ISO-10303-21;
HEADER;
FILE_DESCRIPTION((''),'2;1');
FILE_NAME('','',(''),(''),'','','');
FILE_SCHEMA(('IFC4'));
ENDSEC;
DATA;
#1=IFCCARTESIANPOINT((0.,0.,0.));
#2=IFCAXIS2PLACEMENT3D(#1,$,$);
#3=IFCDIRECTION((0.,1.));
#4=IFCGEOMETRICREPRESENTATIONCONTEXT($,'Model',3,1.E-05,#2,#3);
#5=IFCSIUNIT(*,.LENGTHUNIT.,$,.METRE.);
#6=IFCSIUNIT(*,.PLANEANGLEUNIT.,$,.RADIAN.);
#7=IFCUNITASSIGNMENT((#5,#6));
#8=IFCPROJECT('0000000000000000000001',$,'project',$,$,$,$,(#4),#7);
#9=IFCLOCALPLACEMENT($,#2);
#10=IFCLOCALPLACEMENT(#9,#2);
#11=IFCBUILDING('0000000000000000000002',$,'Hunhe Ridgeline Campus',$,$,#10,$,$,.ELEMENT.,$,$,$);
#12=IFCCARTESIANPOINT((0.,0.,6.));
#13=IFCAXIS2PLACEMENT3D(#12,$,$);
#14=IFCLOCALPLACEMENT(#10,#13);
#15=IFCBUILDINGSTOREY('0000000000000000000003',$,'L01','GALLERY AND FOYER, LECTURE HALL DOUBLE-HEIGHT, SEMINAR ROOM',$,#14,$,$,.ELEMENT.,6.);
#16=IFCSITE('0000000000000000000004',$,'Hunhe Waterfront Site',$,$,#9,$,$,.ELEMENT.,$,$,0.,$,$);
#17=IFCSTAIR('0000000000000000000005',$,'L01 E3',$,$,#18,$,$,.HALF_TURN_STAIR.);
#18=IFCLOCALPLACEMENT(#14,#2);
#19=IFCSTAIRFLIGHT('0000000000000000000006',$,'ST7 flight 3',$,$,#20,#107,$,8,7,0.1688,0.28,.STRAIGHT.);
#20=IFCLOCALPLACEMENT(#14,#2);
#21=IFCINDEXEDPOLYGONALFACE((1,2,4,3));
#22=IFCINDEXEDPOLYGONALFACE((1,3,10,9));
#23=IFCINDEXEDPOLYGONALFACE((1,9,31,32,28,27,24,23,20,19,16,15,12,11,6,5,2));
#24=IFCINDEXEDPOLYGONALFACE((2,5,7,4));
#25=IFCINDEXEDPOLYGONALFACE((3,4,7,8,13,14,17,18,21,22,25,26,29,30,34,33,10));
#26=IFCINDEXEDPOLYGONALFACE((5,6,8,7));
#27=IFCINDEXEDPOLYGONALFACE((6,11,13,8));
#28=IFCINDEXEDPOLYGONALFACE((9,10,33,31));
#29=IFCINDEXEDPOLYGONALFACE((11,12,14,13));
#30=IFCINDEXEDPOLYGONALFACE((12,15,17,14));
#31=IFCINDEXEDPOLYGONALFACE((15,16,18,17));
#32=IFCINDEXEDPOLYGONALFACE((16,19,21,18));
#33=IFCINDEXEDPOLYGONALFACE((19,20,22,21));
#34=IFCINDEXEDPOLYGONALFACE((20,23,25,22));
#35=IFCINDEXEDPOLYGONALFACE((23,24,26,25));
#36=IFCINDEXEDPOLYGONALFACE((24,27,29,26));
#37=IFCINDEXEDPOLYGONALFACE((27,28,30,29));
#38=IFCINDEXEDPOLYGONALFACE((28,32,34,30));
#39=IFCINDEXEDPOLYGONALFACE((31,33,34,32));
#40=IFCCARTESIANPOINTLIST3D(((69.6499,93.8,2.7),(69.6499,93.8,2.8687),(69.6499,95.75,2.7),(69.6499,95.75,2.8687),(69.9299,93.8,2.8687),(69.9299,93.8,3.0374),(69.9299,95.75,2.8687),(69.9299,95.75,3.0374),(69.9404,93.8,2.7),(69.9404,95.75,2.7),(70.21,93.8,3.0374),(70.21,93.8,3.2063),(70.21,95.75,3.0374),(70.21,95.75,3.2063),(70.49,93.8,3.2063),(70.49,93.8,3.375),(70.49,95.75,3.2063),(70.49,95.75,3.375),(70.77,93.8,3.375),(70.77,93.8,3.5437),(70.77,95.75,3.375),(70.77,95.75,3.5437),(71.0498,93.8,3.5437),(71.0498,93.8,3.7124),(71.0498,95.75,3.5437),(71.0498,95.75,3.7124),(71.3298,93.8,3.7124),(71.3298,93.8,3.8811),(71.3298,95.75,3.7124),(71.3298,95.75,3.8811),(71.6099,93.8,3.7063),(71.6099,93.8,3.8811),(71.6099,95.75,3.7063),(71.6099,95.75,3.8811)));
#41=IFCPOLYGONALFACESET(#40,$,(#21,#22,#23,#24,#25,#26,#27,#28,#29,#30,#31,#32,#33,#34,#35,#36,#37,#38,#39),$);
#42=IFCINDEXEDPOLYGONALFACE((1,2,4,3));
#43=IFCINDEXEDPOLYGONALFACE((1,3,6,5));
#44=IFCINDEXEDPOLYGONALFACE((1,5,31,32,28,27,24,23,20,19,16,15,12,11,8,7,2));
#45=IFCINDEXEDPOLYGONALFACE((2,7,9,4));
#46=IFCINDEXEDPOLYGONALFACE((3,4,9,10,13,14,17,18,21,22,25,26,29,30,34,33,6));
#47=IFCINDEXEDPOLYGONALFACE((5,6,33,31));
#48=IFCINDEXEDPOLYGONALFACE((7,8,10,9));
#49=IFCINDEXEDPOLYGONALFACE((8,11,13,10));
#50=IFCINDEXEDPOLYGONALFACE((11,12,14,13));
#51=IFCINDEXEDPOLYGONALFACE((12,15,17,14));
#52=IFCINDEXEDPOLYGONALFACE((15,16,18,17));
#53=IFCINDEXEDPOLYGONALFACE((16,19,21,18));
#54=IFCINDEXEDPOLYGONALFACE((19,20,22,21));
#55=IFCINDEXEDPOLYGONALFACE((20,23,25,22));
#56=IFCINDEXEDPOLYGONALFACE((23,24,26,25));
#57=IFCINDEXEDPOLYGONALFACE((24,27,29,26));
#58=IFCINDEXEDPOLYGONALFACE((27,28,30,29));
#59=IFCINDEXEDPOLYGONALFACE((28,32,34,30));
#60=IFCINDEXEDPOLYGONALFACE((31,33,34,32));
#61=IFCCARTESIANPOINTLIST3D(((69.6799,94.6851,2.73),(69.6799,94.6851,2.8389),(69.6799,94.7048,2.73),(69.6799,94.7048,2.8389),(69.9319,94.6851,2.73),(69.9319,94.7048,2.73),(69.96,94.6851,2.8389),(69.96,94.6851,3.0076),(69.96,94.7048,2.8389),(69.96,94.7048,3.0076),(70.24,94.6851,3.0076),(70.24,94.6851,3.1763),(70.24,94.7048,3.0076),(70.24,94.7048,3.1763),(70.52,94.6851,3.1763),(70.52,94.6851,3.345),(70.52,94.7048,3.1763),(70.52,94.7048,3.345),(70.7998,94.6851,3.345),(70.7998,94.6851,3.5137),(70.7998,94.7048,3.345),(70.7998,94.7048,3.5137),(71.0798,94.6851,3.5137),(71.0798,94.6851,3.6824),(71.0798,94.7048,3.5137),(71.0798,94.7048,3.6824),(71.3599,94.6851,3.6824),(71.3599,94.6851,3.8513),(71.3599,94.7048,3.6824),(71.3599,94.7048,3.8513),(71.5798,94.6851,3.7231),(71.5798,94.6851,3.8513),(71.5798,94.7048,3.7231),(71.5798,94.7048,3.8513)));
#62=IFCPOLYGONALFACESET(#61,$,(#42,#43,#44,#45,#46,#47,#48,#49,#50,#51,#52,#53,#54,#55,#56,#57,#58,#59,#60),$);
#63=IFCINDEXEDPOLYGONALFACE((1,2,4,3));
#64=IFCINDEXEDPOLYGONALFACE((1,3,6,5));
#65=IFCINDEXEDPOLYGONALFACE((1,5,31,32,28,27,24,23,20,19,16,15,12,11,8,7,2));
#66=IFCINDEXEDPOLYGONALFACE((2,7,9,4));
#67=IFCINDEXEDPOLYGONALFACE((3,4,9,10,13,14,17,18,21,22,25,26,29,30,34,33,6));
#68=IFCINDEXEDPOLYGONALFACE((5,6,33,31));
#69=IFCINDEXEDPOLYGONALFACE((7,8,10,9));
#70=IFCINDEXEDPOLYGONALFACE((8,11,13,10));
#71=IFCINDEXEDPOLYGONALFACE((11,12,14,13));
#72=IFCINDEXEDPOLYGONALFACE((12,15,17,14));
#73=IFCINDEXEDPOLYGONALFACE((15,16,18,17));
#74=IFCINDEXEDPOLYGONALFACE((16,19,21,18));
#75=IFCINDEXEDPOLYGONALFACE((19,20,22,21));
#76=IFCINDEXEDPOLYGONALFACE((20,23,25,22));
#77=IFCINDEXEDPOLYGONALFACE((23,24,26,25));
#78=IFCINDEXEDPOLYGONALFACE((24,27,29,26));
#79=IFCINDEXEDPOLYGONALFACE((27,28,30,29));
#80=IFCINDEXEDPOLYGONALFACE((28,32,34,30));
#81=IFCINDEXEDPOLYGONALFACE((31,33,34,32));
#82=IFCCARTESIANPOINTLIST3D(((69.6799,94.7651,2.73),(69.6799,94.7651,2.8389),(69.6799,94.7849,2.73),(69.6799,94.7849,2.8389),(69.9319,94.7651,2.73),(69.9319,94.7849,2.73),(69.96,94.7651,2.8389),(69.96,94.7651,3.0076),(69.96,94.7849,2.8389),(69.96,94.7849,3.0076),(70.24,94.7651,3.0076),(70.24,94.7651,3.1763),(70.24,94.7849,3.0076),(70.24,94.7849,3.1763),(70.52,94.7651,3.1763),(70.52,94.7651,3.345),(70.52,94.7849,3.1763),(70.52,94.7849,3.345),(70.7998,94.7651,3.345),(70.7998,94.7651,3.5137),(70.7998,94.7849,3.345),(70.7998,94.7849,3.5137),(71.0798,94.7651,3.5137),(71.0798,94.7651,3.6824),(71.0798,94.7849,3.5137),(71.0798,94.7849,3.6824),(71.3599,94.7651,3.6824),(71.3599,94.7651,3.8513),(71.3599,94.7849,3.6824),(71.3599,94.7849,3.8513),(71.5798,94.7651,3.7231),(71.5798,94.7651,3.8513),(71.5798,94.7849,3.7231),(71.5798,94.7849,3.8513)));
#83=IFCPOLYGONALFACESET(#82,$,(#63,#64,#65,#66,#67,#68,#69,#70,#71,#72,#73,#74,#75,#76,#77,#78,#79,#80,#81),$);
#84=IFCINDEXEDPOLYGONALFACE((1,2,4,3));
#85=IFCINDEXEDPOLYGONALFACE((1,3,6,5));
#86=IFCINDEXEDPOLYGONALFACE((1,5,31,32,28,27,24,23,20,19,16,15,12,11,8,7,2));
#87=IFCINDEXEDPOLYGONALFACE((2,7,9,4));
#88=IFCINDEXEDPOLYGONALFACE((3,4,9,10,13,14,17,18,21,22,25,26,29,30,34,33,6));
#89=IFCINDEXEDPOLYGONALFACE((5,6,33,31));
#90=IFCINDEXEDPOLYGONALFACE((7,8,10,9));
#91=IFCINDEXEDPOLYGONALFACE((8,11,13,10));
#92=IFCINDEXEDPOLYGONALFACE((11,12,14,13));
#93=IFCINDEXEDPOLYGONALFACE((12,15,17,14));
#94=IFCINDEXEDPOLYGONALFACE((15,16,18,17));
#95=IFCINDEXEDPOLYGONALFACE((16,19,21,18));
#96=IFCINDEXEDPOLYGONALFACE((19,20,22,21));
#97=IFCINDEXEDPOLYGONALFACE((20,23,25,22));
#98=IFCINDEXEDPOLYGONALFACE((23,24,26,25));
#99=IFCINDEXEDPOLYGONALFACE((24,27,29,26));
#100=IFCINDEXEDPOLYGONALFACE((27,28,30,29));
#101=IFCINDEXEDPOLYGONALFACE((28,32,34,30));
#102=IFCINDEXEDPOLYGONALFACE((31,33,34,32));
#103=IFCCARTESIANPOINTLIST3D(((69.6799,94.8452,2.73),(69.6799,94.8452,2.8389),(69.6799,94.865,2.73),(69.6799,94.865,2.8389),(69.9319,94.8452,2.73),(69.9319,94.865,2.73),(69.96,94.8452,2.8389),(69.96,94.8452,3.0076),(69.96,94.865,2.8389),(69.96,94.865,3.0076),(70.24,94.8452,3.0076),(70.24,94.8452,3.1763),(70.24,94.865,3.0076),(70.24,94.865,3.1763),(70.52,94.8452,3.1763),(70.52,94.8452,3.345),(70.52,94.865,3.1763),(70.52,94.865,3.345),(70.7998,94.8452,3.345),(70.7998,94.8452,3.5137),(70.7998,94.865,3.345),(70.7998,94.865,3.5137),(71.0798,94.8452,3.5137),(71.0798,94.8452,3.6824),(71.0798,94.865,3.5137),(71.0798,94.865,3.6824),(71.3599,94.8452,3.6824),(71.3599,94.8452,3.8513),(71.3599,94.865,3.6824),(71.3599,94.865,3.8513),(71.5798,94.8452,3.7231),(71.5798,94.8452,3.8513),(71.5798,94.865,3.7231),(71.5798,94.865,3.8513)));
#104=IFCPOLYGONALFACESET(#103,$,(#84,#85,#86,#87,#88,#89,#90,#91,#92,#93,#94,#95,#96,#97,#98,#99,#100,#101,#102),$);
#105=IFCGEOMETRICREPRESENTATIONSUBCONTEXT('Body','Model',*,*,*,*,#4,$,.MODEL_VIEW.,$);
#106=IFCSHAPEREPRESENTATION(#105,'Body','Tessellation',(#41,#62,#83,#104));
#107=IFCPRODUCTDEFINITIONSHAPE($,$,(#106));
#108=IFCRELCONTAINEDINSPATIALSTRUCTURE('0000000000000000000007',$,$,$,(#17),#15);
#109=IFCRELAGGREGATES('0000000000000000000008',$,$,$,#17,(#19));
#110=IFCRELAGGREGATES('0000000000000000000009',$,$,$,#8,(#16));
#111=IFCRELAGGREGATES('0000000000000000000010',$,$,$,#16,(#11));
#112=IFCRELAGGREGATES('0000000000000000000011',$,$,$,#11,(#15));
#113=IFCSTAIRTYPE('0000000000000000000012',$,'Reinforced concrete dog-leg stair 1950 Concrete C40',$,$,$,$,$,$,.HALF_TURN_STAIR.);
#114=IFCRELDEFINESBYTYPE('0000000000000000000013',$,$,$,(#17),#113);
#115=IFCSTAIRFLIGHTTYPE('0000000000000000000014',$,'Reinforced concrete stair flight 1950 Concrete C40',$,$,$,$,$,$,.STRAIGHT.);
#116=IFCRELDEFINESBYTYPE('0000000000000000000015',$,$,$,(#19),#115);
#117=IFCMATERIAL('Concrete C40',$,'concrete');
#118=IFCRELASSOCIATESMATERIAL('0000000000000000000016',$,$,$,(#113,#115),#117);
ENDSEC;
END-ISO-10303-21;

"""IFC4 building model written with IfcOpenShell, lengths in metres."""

from ifc_helpers import new_model, si_unit, direction, frame, origin, place, context, subcontext, project, spatial, polyline, outline, extrude, material, type_object, element, aggregate, save


model = new_model("IFC4")

# Units and contexts
model_context = context("Model", 3, precision=1e-05, world=origin(), true_north=direction((0.0, 1.0)))
body_context = subcontext(model_context, "Body", "Model", "MODEL_VIEW")
ifc_project = project(units=[si_unit("LENGTHUNIT", "METRE"), si_unit("PLANEANGLEUNIT", "RADIAN")], contexts=[model_context])

# Site, building, storey
site_placement = place(None, origin())
site = spatial("IfcSite", under=ifc_project, at=site_placement, Name="Hunhe Waterfront Site", CompositionType="ELEMENT", RefElevation=0.0)
building_placement = place(site_placement, origin())
building = spatial("IfcBuilding", under=site, at=building_placement, Name="Hunhe Ridgeline Campus", CompositionType="ELEMENT")
storey_placement = place(building_placement, frame((0.0, 0.0, 6.0)))
storey = spatial("IfcBuildingStorey", under=building, at=storey_placement, Name="L01", Description="GALLERY AND FOYER, LECTURE HALL DOUBLE-HEIGHT, SEMINAR ROOM", CompositionType="ELEMENT", Elevation=6.0)

# Stair, stair flight
ifc_material_1 = material(Name="Concrete C40", Category="concrete")
stair_type = type_object("IfcStairType", Name="Reinforced concrete dog-leg stair 1950 Concrete C40", PredefinedType="HALF_TURN_STAIR", material=ifc_material_1)
stair_1_placement = place(storey_placement, origin())
stair_1 = element("IfcStair", 1, at=stair_1_placement, inside=storey, type_object=stair_type, Name="L01 E3", PredefinedType="HALF_TURN_STAIR")
stair_flight_type = type_object("IfcStairFlightType", Name="Reinforced concrete stair flight 1950 Concrete C40", PredefinedType="STRAIGHT", material=ifc_material_1)
stair_flight_1_placement = place(storey_placement, frame((69.6499, 94.7749, 2.7), z_axis=(0.0, 0.0, 1.0), x_axis=(1.0, 0.0, 0.0)))
stair_flight_1 = element("IfcStairFlight", 2, at=stair_flight_1_placement, type_object=stair_flight_type, Name="ST7 flight 3", NumberOfRisers=8, NumberOfTreads=7, PredefinedType="STRAIGHT", RiserHeight=0.1688, TreadLength=0.28, context=body_context, shape_type="SweptSolid", body=[
    extrude(outline(polyline([(0.0, 0.0), (0.0, 0.1687), (0.28, 0.1687), (0.28, 0.3374), (0.5601, 0.3374), (0.5601, 0.5063), (0.8401, 0.5063), (0.8401, 0.675), (1.1201, 0.675), (1.1201, 0.8438), (1.3999, 0.8438), (1.3999, 1.0125), (1.6799, 1.0125), (1.6799, 1.1812), (1.96, 1.1812), (1.96, 1.3501), (1.96, 1.0063), (0.2905, 0.0), (0.0, 0.0)])), frame((0.0, 0.9751, 0.0), z_axis=(0.0, -1.0, 0.0), x_axis=(1.0, 0.0, 0.0)), (0.0, 0.0, 1.0), 1.95),
    extrude(outline(polyline([(0.03, 0.03), (0.03, 0.1389), (0.3101, 0.1389), (0.3101, 0.3076), (0.5901, 0.3076), (0.5901, 0.4763), (0.8701, 0.4763), (0.8701, 0.645), (1.1499, 0.645), (1.1499, 0.8137), (1.4299, 0.8137), (1.4299, 0.9824), (1.71, 0.9824), (1.71, 1.1514), (1.9299, 1.1514), (1.9299, 1.0232), (0.282, 0.03), (0.03, 0.03)])), frame((0.0, -0.0701, 0.0), z_axis=(0.0, -1.0, 0.0), x_axis=(1.0, 0.0, 0.0)), (0.0, 0.0, 1.0), 0.0198),
    extrude(outline(polyline([(0.03, 0.03), (0.03, 0.1389), (0.3101, 0.1389), (0.3101, 0.3076), (0.5901, 0.3076), (0.5901, 0.4763), (0.8701, 0.4763), (0.8701, 0.645), (1.1499, 0.645), (1.1499, 0.8137), (1.4299, 0.8137), (1.4299, 0.9824), (1.71, 0.9824), (1.71, 1.1514), (1.9299, 1.1514), (1.9299, 1.0232), (0.282, 0.03), (0.03, 0.03)])), frame((0.0, 0.01, 0.0), z_axis=(0.0, -1.0, 0.0), x_axis=(1.0, 0.0, 0.0)), (0.0, 0.0, 1.0), 0.0198),
    extrude(outline(polyline([(0.03, 0.03), (0.03, 0.1389), (0.3101, 0.1389), (0.3101, 0.3076), (0.5901, 0.3076), (0.5901, 0.4763), (0.8701, 0.4763), (0.8701, 0.645), (1.1499, 0.645), (1.1499, 0.8137), (1.4299, 0.8137), (1.4299, 0.9824), (1.71, 0.9824), (1.71, 1.1514), (1.9299, 1.1514), (1.9299, 1.0232), (0.282, 0.03), (0.03, 0.03)])), frame((0.0, 0.0901, 0.0), z_axis=(0.0, -1.0, 0.0), x_axis=(1.0, 0.0, 0.0)), (0.0, 0.0, 1.0), 0.0198),
])
aggregate(stair_1, [stair_flight_1])

save(model, "model.ifc")
